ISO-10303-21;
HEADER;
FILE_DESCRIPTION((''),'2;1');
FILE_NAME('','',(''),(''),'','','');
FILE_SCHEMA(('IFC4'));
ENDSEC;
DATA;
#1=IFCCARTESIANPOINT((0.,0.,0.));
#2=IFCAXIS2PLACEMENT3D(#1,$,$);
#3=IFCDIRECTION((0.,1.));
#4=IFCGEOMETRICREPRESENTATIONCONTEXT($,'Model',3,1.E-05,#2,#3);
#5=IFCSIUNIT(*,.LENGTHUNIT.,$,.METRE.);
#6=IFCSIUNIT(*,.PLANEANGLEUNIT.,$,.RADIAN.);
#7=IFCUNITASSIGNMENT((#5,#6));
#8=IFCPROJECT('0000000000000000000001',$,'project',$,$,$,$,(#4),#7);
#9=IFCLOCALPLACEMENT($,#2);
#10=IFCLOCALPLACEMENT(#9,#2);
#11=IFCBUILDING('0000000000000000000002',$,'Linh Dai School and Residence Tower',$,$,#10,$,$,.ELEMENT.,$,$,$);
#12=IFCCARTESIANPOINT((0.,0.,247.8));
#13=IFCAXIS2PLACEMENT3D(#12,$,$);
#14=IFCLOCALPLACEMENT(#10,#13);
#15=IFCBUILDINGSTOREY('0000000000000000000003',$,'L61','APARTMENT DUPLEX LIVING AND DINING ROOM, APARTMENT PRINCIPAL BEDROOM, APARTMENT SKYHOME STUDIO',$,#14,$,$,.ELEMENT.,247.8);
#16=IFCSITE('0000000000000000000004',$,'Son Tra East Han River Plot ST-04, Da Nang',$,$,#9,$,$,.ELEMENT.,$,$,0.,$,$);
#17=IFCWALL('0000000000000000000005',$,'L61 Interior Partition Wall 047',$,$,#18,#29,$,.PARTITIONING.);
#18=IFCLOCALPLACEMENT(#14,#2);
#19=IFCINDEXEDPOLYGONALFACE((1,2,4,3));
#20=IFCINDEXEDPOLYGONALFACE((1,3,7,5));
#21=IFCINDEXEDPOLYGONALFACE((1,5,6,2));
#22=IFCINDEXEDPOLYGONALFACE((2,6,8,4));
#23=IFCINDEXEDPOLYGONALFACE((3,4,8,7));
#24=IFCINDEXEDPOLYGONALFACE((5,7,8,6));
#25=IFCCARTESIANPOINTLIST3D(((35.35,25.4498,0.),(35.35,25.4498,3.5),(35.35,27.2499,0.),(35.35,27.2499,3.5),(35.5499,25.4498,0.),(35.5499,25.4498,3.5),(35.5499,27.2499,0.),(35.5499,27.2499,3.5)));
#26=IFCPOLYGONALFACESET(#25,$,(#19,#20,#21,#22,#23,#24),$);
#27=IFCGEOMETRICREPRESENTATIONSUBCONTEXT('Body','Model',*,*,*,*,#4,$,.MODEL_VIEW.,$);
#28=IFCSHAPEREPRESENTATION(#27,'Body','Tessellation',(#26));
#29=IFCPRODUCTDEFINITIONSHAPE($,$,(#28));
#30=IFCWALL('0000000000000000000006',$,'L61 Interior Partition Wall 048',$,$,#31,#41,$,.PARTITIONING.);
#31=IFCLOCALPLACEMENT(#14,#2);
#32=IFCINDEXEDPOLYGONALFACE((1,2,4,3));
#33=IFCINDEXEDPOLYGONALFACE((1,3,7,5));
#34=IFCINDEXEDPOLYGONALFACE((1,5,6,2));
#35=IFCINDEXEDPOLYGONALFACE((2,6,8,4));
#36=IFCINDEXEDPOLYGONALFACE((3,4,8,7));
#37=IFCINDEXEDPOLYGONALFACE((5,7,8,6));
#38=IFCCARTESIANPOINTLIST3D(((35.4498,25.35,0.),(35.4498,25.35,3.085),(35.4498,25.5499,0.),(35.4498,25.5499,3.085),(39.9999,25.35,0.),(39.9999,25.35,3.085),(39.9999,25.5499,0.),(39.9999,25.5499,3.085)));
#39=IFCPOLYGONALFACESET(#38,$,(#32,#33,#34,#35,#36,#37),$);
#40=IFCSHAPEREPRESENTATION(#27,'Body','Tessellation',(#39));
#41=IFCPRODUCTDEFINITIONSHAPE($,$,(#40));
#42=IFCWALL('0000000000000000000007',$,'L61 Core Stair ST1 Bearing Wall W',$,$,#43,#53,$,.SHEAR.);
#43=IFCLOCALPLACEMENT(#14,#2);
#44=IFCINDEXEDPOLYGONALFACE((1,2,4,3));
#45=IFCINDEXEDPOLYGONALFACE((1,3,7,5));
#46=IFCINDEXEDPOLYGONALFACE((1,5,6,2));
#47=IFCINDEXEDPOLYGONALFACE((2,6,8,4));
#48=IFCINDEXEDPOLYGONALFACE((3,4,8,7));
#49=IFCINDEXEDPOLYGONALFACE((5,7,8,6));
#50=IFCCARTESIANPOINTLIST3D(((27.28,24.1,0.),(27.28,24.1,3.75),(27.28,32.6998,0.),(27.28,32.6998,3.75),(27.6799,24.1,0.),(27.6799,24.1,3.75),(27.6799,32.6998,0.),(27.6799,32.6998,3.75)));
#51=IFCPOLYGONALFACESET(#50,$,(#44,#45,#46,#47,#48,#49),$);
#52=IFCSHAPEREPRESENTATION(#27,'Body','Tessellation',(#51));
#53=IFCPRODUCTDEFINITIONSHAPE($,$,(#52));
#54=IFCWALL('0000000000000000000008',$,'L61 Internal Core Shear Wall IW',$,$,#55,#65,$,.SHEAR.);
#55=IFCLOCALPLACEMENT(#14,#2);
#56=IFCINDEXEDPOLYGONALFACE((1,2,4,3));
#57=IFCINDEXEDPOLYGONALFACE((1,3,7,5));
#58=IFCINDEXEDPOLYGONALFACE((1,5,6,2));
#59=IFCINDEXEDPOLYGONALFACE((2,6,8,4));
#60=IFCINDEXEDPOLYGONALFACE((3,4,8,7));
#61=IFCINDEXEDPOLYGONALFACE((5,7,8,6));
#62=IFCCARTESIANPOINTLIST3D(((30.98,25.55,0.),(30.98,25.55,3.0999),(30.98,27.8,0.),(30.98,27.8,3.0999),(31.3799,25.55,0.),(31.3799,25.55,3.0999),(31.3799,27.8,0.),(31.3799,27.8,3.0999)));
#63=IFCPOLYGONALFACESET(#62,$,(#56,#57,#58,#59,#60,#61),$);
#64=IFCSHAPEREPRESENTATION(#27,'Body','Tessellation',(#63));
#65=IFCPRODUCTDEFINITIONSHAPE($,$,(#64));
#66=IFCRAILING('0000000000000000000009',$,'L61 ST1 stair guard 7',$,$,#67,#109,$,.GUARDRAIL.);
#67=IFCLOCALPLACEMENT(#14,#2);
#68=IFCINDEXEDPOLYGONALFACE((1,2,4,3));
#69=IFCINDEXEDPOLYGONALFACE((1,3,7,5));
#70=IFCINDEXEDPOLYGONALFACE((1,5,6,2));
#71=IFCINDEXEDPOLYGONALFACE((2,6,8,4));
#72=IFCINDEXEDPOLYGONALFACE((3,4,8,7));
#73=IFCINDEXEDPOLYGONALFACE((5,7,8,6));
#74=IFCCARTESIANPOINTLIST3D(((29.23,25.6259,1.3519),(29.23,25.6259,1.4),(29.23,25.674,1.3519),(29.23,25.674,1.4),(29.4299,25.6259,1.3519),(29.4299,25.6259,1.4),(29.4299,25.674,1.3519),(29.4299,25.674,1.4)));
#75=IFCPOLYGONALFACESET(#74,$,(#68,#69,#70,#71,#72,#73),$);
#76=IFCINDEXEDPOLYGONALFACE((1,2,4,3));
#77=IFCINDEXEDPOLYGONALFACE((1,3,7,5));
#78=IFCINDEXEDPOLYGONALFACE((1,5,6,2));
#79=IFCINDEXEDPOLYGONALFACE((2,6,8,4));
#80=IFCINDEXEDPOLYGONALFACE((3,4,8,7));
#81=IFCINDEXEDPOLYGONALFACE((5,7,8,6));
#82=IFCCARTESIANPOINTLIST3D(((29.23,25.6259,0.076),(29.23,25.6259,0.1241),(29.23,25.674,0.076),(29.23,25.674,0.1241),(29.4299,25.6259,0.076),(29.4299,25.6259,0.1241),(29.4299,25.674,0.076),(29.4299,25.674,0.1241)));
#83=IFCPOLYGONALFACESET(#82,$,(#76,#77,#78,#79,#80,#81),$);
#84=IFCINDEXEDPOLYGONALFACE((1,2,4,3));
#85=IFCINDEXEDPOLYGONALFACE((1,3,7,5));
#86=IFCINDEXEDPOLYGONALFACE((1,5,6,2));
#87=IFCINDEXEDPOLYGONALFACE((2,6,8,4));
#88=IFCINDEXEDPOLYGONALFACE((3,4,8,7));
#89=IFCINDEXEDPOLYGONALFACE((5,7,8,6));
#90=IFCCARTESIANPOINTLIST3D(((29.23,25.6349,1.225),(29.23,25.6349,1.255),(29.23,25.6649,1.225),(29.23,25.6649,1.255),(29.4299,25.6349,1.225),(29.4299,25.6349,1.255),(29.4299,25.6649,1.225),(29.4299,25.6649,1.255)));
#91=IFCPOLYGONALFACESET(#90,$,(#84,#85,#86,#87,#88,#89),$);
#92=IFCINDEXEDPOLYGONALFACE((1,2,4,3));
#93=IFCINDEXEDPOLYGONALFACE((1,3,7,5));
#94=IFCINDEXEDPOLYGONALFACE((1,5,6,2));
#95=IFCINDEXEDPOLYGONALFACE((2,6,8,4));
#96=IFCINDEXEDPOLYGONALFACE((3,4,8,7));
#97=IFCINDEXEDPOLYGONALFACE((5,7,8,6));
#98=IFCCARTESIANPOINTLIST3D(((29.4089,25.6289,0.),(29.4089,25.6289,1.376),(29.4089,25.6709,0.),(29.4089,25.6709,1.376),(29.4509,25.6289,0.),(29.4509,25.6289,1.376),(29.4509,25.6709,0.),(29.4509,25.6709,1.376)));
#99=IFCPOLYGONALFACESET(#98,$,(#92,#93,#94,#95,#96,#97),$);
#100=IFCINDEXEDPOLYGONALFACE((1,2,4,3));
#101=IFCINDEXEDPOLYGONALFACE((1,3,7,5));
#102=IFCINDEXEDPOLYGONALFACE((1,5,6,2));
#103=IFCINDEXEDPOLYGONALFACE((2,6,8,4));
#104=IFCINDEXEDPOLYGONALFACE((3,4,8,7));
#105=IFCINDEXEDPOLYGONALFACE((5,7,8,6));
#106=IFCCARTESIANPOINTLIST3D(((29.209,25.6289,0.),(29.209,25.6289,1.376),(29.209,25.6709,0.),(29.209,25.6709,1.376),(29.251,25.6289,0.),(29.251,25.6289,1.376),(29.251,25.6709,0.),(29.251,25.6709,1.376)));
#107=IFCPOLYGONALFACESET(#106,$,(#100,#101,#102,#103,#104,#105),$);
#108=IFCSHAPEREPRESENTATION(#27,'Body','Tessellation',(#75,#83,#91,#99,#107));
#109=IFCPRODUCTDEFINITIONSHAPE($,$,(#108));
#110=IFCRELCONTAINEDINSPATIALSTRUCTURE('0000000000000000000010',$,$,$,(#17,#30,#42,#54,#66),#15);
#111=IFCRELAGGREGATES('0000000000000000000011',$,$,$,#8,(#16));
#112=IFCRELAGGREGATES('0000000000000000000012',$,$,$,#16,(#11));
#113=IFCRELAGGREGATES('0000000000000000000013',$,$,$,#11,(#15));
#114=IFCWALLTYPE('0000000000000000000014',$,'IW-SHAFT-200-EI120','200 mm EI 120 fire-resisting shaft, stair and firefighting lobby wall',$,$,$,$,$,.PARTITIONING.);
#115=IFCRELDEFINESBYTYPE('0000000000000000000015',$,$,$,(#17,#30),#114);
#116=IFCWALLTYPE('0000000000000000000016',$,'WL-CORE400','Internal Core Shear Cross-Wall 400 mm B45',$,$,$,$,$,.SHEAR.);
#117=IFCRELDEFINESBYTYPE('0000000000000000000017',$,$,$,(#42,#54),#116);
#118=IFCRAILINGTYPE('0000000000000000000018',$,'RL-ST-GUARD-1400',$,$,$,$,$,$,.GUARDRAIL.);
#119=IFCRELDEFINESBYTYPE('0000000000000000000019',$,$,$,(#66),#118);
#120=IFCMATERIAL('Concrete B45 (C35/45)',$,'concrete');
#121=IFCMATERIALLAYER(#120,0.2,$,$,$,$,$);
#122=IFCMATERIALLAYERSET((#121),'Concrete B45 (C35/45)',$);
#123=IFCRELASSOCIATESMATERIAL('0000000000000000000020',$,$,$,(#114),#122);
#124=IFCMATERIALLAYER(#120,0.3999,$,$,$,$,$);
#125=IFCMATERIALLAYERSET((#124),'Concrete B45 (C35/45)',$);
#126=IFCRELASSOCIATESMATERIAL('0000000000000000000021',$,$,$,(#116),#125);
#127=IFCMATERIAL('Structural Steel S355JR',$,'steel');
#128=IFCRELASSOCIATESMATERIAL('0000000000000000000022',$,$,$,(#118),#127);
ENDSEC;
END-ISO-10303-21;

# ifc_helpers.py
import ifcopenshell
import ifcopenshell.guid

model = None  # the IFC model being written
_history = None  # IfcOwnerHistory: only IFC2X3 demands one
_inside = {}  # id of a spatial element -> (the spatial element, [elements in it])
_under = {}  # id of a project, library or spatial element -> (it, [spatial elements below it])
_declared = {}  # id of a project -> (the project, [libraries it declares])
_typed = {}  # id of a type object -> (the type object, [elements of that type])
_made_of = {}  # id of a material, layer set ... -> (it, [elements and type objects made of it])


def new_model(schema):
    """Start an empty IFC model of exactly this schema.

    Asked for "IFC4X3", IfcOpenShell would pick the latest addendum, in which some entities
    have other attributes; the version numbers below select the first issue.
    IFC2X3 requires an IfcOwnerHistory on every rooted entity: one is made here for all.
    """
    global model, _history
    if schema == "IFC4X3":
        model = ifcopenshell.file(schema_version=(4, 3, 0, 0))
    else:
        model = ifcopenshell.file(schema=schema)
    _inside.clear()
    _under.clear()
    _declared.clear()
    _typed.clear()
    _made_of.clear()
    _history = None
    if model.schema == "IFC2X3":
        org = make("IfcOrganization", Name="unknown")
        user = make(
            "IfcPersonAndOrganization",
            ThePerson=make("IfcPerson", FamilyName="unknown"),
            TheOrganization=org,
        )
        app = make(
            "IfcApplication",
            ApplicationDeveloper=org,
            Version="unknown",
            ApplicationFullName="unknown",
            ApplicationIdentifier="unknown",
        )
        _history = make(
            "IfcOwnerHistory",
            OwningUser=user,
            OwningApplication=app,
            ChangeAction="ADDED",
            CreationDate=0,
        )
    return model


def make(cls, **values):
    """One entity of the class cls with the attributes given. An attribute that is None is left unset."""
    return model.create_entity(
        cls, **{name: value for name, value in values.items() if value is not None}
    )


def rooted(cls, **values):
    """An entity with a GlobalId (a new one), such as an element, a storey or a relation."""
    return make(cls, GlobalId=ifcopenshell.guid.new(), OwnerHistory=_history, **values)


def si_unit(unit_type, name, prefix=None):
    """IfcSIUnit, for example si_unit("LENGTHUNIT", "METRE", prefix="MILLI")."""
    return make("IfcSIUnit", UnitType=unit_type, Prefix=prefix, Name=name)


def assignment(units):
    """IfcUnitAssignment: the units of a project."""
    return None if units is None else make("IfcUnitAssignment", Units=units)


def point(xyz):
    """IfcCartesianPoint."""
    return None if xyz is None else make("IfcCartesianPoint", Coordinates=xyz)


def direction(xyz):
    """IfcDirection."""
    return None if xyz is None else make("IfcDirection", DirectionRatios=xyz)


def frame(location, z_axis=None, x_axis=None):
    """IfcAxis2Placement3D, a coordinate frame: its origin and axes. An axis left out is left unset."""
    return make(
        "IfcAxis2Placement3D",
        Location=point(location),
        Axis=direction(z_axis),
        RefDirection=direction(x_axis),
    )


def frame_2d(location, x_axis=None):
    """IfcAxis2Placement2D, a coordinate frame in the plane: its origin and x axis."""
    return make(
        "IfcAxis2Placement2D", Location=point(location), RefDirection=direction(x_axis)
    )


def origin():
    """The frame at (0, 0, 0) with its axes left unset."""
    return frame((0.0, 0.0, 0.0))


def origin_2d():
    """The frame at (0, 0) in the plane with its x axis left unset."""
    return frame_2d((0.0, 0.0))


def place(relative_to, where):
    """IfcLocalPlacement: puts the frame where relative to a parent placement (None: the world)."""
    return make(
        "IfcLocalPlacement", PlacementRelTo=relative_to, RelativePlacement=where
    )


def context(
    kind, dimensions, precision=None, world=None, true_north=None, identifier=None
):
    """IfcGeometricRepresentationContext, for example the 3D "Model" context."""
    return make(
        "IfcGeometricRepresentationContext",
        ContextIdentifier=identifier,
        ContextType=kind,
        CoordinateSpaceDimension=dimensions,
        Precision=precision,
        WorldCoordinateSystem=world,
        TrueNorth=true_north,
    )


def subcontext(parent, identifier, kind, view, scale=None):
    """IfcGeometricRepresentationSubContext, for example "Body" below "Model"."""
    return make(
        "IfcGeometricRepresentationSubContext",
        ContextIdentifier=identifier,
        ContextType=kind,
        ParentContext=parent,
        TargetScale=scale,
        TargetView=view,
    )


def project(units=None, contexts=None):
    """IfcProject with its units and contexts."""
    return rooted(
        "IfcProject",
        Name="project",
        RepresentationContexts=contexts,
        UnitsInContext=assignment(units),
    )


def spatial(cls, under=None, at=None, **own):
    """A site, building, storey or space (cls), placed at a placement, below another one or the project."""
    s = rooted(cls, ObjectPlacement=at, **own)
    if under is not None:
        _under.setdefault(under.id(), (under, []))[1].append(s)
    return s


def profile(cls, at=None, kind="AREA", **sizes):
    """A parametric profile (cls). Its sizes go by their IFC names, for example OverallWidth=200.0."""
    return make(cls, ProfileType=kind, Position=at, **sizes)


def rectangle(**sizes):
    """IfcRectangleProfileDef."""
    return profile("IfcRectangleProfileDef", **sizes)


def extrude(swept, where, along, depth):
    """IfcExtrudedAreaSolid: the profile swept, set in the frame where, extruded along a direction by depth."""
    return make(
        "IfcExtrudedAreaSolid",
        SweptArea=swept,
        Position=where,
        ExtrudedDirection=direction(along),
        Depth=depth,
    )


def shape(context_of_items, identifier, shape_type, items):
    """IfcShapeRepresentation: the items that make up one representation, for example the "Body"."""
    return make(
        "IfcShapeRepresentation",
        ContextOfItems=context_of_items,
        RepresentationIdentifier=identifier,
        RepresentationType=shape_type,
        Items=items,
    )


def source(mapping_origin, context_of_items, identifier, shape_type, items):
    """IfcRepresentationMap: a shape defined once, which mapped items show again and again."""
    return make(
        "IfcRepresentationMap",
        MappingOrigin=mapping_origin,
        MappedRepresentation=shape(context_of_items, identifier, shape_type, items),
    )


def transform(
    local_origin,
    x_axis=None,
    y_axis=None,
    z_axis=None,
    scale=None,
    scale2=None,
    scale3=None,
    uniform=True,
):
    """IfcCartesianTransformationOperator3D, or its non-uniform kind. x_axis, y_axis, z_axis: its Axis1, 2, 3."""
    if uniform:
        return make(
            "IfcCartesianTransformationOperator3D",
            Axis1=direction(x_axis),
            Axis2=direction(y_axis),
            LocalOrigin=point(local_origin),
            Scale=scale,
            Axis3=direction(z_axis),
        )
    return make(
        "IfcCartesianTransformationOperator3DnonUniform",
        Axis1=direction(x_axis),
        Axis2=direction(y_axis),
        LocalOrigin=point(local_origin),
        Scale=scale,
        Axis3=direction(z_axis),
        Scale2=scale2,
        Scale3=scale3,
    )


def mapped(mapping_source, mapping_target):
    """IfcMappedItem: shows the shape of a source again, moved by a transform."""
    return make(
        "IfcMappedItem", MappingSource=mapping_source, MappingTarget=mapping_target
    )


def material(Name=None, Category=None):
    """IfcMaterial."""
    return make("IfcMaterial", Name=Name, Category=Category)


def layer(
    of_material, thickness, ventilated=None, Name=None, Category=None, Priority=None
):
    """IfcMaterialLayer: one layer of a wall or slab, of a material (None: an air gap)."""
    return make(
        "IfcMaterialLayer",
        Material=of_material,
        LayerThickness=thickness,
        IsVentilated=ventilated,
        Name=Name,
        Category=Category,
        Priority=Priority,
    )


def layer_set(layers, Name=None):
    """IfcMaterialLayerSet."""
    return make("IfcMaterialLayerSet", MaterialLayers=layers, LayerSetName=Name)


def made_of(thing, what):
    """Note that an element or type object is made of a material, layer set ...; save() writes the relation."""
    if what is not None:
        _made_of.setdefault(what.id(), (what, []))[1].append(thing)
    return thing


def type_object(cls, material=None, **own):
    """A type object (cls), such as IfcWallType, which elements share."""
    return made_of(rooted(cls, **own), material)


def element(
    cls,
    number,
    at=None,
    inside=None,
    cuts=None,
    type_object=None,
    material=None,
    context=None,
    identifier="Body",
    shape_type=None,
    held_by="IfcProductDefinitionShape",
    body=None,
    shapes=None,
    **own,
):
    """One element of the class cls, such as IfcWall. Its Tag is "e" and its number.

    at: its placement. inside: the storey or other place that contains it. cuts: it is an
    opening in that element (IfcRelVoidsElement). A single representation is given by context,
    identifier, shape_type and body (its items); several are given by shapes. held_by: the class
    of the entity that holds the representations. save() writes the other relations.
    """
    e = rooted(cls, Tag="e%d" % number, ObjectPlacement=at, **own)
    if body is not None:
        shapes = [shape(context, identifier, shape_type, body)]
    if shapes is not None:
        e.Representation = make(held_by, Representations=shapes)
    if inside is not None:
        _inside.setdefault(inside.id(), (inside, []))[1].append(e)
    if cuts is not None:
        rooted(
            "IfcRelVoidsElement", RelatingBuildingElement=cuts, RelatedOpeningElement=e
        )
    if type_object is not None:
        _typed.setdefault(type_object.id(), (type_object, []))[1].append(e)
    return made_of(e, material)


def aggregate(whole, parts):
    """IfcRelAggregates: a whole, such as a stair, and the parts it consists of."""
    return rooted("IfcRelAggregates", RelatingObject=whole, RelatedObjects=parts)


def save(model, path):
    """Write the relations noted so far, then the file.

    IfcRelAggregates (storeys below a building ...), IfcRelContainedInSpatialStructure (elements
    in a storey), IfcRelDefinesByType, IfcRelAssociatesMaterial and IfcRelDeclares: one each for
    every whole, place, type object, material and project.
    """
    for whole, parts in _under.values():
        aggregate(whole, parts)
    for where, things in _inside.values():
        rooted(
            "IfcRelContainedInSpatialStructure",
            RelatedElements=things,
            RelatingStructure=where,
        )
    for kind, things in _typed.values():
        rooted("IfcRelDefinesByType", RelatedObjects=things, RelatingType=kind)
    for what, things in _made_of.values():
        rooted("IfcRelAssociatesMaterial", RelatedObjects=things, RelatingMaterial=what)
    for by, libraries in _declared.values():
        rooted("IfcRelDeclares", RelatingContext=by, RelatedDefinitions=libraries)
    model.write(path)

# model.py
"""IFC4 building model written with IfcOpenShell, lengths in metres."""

from ifc_helpers import new_model, si_unit, direction, frame, frame_2d, origin, origin_2d, place, context, subcontext, project, spatial, rectangle, extrude, source, transform, mapped, material, layer, layer_set, type_object, element, save


model = new_model("IFC4")

# Units and contexts
model_context = context("Model", 3, precision=1e-05, world=origin(), true_north=direction((0.0, 1.0)))
body_context = subcontext(model_context, "Body", "Model", "MODEL_VIEW")
ifc_project = project(units=[si_unit("LENGTHUNIT", "METRE"), si_unit("PLANEANGLEUNIT", "RADIAN")], contexts=[model_context])

# Site, building, storey
site_placement = place(None, origin())
site = spatial("IfcSite", under=ifc_project, at=site_placement, Name="Son Tra East Han River Plot ST-04, Da Nang", CompositionType="ELEMENT", RefElevation=0.0)
building_placement = place(site_placement, origin())
building = spatial("IfcBuilding", under=site, at=building_placement, Name="Linh Dai School and Residence Tower", CompositionType="ELEMENT")
storey_placement = place(building_placement, frame((0.0, 0.0, 247.8)))
storey = spatial("IfcBuildingStorey", under=building, at=storey_placement, Name="L61", Description="APARTMENT DUPLEX LIVING AND DINING ROOM, APARTMENT PRINCIPAL BEDROOM, APARTMENT SKYHOME STUDIO", CompositionType="ELEMENT", Elevation=247.8)

# Shared definitions
ifc_material_1 = material(Name="Structural Steel S355JR", Category="steel")

# Shared definitions
ifc_material_2 = material(Name="Concrete B45 (C35/45)", Category="concrete")
ifc_layer_1 = layer(ifc_material_2, 0.2)
ifc_layer_set_1 = layer_set([ifc_layer_1], Name="Concrete B45 (C35/45)")
wall_type_1 = type_object("IfcWallType", Name="IW-SHAFT-200-EI120", Description="200 mm EI 120 fire-resisting shaft, stair and firefighting lobby wall", PredefinedType="PARTITIONING", material=ifc_layer_set_1)

# Walls
wall_1_placement = place(storey_placement, frame((35.45, 25.45, 0.0), z_axis=(0.0, 0.0, 1.0), x_axis=(0.0, 1.0, 0.0)))
element("IfcWall", 1, at=wall_1_placement, inside=storey, type_object=wall_type_1, Name="L61 Interior Partition Wall 047", PredefinedType="PARTITIONING", context=body_context, shape_type="SweptSolid", body=[
    extrude(rectangle(XDim=1.8, YDim=0.2, at=frame_2d((0.8999, 0.0))), origin(), (0.0, 0.0, 1.0), 3.5),
])
wall_2_placement = place(storey_placement, frame((35.45, 25.45, 0.0), z_axis=(0.0, 0.0, 1.0), x_axis=(1.0, 0.0, 0.0)))
element("IfcWall", 2, at=wall_2_placement, inside=storey, type_object=wall_type_1, Name="L61 Interior Partition Wall 048", PredefinedType="PARTITIONING", context=body_context, shape_type="SweptSolid", body=[
    extrude(rectangle(XDim=4.55, YDim=0.2, at=frame_2d((2.2749, 0.0))), origin(), (0.0, 0.0, 1.0), 3.085),
])
ifc_layer_2 = layer(ifc_material_2, 0.3999)
ifc_layer_set_2 = layer_set([ifc_layer_2], Name="Concrete B45 (C35/45)")
wall_type_2 = type_object("IfcWallType", Name="WL-CORE400", Description="Internal Core Shear Cross-Wall 400 mm B45", PredefinedType="SHEAR", material=ifc_layer_set_2)
wall_3_placement = place(storey_placement, frame((27.48, 24.1001, 0.0), z_axis=(0.0, 0.0, 1.0), x_axis=(0.0, 1.0, 0.0)))
element("IfcWall", 3, at=wall_3_placement, inside=storey, type_object=wall_type_2, Name="L61 Core Stair ST1 Bearing Wall W", PredefinedType="SHEAR", context=body_context, shape_type="SweptSolid", body=[
    extrude(rectangle(XDim=8.5999, YDim=0.3999, at=frame_2d((4.2998, 0.0))), origin(), (0.0, 0.0, 1.0), 3.75),
])
wall_4_placement = place(storey_placement, frame((31.1799, 25.55, 0.0), z_axis=(0.0, 0.0, 1.0), x_axis=(0.0, 1.0, 0.0)))
element("IfcWall", 4, at=wall_4_placement, inside=storey, type_object=wall_type_2, Name="L61 Internal Core Shear Wall IW", PredefinedType="SHEAR", context=body_context, shape_type="SweptSolid", body=[
    extrude(rectangle(XDim=2.25, YDim=0.3999, at=frame_2d((1.125, 0.0))), origin(), (0.0, 0.0, 1.0), 3.0999),
])

# Railing
railing_type = type_object("IfcRailingType", Name="RL-ST-GUARD-1400", PredefinedType="GUARDRAIL", material=ifc_material_1)
shared_shape_1 = source(origin(), body_context, "Body", "SweptSolid", [
    extrude(rectangle(XDim=0.0481, YDim=0.0481, at=origin_2d()), frame((0.0, 0.0, 1.376), z_axis=(-1.0, 0.0, 0.0), x_axis=(0.0, -1.0, 0.0)), (0.0, 0.0, 1.0), 0.2),
    extrude(rectangle(XDim=0.0481, YDim=0.0481, at=origin_2d()), frame((0.0, 0.0, 0.1001), z_axis=(-1.0, 0.0, 0.0), x_axis=(0.0, -1.0, 0.0)), (0.0, 0.0, 1.0), 0.2),
    extrude(rectangle(XDim=0.03, YDim=0.03, at=origin_2d()), frame((0.0, 0.0, 1.24), z_axis=(-1.0, 0.0, 0.0), x_axis=(0.0, -1.0, 0.0)), (0.0, 0.0, 1.0), 0.2),
    extrude(rectangle(XDim=0.042, YDim=0.042, at=origin_2d()), origin(), (0.0, 0.0, 1.0), 1.376),
    extrude(rectangle(XDim=0.042, YDim=0.042, at=origin_2d()), frame((-0.2, 0.0, 0.0)), (0.0, 0.0, 1.0), 1.376),
])
railing_placement = place(storey_placement, frame((29.4299, 25.6499, 0.0)))
element("IfcRailing", 5, at=railing_placement, inside=storey, type_object=railing_type, Name="L61 ST1 stair guard 7", PredefinedType="GUARDRAIL", context=body_context, shape_type="MappedRepresentation", body=[
    mapped(shared_shape_1, transform((0.0, 0.0, 0.0), x_axis=(1.0, 0.0, 0.0), y_axis=(0.0, 1.0, 0.0), z_axis=(0.0, 0.0, 1.0), scale=1.0)),
])

save(model, "model.ifc")
